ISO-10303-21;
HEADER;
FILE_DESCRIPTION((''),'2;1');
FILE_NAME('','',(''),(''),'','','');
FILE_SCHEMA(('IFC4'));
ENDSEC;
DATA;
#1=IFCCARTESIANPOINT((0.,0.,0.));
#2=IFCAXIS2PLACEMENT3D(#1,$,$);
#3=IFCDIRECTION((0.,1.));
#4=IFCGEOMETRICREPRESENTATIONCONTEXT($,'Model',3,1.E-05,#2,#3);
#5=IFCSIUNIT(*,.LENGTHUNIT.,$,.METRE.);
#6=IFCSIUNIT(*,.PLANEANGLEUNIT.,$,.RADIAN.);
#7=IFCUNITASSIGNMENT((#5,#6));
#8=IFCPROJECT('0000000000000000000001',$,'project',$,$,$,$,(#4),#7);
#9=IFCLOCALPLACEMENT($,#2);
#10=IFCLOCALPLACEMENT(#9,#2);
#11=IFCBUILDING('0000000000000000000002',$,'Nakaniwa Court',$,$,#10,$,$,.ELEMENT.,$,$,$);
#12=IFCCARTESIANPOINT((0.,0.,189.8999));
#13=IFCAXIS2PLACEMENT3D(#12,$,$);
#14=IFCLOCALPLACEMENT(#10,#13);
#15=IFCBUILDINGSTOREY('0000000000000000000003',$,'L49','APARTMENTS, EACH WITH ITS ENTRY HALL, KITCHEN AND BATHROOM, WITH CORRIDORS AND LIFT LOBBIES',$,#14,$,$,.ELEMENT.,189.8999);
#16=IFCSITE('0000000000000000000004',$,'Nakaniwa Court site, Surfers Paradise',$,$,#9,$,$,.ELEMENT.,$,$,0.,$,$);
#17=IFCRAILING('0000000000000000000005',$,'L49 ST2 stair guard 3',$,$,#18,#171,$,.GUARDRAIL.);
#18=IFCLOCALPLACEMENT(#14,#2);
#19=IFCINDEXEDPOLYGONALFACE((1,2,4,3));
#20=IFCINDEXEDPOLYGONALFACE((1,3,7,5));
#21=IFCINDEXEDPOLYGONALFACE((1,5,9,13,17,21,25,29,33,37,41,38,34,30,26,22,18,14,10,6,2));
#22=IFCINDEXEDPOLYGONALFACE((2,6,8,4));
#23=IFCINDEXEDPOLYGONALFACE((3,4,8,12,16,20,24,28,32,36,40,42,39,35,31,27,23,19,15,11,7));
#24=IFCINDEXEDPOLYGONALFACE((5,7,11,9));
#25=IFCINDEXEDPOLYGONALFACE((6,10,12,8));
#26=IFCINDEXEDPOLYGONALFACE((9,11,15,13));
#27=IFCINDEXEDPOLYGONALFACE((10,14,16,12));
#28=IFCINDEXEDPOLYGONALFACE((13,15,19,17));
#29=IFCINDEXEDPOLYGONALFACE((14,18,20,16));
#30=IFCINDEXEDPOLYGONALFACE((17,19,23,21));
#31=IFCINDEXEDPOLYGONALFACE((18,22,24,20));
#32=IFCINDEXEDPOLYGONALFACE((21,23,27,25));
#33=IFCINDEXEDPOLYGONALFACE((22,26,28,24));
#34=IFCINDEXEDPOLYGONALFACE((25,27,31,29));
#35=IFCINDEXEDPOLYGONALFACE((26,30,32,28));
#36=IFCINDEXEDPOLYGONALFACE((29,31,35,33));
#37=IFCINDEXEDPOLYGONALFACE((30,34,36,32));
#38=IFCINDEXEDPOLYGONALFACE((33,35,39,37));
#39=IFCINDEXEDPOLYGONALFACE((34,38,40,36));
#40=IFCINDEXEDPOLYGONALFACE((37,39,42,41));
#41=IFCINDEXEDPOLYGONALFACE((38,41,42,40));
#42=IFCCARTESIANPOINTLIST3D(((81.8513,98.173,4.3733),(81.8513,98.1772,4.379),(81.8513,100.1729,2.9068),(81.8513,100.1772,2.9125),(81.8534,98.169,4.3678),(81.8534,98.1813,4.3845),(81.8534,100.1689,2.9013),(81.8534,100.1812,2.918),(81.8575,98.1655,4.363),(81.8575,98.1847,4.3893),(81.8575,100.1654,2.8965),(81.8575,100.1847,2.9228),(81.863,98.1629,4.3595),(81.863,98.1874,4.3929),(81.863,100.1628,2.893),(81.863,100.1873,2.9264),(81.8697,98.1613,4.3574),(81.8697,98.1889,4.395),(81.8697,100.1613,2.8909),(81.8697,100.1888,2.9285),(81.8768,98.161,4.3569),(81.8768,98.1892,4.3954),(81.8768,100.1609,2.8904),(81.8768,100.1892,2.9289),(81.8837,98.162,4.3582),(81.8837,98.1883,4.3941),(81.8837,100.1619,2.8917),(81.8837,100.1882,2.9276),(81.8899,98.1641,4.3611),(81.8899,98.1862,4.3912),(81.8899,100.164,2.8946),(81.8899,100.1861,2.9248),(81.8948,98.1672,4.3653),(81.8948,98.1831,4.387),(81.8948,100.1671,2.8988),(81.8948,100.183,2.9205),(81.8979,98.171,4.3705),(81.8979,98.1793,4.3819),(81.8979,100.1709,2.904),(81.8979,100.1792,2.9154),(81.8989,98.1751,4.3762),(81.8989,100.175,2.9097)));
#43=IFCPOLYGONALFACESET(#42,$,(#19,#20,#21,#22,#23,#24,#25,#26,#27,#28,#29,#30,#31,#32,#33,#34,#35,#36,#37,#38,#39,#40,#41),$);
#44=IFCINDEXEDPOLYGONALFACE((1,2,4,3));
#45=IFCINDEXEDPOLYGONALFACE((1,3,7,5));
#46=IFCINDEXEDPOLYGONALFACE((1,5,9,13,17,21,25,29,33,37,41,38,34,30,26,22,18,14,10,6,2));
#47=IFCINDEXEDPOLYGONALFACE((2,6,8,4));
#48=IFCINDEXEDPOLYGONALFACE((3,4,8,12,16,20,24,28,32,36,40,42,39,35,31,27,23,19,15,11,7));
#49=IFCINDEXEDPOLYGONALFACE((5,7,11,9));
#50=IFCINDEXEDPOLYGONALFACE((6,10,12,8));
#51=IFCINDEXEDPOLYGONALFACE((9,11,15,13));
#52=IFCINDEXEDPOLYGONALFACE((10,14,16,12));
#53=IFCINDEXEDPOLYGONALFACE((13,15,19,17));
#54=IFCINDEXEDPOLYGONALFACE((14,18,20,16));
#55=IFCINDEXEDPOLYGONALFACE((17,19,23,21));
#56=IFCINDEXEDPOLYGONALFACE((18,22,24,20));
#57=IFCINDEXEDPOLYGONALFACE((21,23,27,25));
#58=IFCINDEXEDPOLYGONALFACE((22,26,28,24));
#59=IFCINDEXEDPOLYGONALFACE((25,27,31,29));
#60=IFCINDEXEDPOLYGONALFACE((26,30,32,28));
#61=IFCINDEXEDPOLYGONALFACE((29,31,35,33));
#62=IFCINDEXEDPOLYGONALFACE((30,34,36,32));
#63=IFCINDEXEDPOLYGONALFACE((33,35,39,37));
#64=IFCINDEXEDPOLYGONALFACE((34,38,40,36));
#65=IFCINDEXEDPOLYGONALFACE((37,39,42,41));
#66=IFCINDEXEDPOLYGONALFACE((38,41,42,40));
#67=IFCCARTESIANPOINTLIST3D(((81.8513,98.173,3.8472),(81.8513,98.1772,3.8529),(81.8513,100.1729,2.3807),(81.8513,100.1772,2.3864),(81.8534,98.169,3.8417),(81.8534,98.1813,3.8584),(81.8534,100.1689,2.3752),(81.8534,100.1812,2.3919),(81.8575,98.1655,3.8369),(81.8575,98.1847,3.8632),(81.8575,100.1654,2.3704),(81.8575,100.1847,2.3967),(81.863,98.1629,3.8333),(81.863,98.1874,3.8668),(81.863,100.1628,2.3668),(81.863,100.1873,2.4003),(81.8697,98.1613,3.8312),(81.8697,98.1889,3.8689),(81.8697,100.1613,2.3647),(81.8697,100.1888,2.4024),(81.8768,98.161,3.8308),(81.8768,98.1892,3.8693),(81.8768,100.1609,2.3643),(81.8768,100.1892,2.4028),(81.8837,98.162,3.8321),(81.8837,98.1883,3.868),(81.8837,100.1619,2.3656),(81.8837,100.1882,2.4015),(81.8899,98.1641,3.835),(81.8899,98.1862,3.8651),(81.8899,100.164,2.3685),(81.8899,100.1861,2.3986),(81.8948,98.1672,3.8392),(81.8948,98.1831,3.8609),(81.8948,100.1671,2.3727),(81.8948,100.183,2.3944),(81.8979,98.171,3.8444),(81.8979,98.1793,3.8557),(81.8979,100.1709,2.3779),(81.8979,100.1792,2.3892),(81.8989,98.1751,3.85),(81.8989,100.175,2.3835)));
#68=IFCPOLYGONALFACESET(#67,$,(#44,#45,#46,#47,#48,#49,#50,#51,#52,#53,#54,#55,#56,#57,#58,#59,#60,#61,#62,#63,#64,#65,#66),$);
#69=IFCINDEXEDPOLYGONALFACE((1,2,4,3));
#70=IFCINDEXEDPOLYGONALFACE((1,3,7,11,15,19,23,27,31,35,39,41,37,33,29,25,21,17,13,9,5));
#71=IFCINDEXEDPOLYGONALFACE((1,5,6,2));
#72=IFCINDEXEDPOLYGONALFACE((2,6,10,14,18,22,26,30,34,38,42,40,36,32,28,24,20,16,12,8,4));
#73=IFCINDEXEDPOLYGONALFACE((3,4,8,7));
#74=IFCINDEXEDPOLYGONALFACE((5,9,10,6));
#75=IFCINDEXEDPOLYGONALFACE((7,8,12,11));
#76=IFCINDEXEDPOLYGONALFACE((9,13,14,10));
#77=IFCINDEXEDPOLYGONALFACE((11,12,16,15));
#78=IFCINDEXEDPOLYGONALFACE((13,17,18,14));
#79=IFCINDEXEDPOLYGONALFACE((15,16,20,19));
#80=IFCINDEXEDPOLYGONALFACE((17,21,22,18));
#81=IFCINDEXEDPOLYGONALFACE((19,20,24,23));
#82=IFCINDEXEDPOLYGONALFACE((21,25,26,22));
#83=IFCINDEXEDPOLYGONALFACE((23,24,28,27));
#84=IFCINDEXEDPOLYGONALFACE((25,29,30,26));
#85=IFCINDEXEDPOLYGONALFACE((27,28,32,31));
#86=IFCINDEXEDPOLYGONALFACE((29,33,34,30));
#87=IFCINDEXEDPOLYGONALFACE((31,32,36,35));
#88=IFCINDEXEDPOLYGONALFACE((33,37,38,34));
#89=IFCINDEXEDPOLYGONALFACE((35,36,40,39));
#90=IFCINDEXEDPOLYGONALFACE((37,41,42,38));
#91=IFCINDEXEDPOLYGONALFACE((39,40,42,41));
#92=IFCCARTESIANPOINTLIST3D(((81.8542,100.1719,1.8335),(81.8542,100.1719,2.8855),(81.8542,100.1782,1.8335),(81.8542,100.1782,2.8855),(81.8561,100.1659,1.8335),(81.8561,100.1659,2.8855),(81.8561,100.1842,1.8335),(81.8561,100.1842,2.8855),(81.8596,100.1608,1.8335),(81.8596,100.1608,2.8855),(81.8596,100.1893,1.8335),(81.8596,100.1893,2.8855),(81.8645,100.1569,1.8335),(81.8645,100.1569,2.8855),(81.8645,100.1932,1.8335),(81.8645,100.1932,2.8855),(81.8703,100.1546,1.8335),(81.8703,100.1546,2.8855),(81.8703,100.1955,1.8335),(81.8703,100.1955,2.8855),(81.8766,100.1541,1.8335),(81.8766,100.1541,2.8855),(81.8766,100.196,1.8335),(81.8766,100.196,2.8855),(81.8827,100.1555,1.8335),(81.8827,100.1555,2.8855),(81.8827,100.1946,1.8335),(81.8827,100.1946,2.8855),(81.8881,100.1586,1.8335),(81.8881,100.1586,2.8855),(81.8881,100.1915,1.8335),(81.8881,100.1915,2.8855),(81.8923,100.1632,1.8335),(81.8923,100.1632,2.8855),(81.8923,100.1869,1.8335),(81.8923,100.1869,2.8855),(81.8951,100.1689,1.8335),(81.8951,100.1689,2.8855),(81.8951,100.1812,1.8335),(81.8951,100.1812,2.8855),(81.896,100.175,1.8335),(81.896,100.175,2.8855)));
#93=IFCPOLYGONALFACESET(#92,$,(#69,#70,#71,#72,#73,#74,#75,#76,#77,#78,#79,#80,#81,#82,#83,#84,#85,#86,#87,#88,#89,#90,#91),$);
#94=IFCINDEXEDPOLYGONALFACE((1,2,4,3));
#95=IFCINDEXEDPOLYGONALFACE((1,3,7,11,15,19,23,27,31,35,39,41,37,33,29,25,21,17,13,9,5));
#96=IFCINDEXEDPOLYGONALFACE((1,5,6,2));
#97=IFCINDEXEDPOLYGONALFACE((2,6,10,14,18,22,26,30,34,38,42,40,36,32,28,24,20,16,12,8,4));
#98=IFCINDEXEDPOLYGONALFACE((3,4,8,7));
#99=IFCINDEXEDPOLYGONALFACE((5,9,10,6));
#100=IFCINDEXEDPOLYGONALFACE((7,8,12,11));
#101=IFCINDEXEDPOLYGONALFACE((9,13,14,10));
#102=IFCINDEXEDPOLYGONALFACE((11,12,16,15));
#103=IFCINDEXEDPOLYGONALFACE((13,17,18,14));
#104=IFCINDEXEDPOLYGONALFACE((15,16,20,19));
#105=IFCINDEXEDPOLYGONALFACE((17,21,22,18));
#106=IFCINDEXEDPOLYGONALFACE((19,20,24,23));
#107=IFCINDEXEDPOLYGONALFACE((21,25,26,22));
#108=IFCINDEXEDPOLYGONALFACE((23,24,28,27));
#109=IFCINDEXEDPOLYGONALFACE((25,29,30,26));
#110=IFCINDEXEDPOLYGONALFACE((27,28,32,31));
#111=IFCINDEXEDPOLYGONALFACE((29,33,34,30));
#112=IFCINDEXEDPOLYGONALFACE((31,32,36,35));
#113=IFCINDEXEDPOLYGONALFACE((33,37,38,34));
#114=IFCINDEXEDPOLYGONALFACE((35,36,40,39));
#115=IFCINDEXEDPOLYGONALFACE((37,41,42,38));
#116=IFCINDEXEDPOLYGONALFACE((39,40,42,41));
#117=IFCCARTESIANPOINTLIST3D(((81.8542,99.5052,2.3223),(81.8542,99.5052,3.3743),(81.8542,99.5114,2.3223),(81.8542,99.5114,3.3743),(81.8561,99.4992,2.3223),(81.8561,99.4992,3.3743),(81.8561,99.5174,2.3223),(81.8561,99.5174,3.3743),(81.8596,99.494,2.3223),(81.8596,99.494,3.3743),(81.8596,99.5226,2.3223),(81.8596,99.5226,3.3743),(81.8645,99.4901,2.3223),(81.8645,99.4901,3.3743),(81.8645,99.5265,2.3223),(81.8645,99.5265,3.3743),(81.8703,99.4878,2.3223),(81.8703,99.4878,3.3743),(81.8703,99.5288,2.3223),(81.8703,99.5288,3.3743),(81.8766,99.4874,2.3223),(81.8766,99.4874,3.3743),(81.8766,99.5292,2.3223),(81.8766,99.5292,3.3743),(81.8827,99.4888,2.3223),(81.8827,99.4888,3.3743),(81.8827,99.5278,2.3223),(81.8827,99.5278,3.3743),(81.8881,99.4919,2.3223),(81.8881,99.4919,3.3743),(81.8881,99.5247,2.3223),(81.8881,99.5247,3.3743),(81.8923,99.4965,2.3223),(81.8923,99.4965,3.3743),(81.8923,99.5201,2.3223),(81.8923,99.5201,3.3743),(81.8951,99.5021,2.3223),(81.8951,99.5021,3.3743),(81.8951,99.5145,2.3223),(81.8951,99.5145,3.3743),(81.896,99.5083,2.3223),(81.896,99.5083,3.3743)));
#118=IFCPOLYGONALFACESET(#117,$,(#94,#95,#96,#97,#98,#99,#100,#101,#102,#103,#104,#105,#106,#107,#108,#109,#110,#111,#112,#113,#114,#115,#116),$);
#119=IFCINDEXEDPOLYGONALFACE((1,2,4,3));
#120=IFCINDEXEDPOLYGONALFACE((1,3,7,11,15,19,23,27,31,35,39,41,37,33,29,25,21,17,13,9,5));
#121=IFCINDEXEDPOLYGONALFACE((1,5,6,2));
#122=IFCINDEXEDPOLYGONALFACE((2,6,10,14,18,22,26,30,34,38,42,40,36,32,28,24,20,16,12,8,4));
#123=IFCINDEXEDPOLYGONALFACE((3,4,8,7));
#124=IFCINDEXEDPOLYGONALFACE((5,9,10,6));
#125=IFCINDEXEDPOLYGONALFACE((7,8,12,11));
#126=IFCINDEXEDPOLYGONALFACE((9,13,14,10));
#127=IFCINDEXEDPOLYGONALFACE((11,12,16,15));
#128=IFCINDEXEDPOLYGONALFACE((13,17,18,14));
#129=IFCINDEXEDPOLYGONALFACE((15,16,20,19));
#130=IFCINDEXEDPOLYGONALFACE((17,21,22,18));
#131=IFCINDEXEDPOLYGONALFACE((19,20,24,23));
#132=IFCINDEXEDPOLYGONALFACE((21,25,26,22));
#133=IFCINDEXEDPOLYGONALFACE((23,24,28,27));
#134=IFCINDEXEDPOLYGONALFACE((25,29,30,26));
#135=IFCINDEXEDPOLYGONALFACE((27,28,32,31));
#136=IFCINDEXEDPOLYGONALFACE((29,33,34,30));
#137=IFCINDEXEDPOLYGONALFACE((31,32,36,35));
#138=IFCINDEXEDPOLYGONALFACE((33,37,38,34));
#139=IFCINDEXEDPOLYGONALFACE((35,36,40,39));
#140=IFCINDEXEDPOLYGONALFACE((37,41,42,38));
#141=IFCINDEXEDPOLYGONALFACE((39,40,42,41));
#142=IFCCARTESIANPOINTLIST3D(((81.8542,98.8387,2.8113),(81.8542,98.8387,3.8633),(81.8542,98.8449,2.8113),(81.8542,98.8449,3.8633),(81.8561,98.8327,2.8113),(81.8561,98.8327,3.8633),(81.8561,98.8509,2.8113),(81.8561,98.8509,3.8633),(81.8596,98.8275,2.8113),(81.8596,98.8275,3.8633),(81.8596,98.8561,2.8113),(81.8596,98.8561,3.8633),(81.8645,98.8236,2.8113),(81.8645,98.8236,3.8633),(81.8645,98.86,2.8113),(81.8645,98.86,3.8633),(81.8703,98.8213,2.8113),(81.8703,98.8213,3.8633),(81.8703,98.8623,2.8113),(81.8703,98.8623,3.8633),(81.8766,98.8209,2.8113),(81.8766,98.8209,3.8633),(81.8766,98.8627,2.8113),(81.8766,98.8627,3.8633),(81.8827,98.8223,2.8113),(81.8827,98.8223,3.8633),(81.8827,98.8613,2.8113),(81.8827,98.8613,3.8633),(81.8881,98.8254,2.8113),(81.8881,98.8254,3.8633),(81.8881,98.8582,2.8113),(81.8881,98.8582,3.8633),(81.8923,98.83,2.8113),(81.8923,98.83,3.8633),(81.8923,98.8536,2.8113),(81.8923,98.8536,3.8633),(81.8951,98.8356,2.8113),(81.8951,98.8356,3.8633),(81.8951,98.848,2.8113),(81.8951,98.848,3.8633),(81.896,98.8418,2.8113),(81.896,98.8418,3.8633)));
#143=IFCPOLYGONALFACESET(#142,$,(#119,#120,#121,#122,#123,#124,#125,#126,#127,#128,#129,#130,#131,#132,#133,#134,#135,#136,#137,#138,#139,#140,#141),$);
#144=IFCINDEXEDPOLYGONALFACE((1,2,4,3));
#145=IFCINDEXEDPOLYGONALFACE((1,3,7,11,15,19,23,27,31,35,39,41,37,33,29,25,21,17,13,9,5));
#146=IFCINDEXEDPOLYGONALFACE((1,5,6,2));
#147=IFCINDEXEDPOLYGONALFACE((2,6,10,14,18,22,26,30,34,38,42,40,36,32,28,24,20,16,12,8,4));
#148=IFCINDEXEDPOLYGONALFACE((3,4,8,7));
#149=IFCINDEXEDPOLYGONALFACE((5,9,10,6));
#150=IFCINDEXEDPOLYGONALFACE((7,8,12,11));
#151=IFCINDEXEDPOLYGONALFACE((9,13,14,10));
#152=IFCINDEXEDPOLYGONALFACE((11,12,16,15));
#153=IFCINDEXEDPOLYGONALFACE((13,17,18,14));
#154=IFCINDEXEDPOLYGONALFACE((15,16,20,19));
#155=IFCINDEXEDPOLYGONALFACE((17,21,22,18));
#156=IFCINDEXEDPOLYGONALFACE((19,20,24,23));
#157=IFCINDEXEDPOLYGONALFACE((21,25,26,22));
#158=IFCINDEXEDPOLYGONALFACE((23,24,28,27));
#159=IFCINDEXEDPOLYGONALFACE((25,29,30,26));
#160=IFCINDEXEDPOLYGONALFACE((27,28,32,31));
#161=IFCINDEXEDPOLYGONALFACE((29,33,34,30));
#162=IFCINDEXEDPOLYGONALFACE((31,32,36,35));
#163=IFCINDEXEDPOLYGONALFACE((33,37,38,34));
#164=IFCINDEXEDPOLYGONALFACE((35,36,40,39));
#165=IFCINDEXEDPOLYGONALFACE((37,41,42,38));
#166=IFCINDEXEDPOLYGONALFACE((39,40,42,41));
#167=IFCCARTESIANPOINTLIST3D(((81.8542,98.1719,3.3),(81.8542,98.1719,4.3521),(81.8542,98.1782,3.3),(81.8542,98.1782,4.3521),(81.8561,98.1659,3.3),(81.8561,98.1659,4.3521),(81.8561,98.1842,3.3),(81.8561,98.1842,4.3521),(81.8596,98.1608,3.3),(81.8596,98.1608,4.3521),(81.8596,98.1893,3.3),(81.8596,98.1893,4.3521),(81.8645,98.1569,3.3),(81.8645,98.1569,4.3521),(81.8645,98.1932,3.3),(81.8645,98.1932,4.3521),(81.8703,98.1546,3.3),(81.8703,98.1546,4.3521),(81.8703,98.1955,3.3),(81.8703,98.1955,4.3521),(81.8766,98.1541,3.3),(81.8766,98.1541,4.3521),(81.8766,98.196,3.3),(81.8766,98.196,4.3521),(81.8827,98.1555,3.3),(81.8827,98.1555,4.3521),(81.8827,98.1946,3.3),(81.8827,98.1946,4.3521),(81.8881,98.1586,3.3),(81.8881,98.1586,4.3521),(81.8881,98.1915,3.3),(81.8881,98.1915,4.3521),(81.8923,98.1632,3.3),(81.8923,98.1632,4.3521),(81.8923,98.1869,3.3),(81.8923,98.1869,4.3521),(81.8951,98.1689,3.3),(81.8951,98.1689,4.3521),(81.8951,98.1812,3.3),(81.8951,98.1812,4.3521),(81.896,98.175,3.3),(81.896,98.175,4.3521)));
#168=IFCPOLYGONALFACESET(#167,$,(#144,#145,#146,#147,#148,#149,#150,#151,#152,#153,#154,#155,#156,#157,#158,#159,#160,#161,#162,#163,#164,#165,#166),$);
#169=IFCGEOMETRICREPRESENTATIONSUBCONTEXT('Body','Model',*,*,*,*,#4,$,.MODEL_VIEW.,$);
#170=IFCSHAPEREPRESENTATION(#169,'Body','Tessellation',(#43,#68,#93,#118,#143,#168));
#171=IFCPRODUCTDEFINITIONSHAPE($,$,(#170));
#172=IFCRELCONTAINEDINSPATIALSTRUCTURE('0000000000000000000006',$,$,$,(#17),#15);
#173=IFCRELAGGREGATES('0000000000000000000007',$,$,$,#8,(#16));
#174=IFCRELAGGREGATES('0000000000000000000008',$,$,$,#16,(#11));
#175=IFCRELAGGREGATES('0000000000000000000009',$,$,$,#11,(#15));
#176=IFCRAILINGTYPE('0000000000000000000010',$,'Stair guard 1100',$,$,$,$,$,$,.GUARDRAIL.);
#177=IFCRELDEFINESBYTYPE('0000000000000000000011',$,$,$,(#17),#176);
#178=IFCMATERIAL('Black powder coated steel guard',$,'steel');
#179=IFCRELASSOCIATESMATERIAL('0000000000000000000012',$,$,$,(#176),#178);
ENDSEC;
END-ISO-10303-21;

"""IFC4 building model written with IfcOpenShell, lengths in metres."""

from ifc_helpers import new_model, si_unit, direction, frame, origin, origin_2d, place, context, subcontext, project, spatial, circle, extrude, material, type_object, element, save


model = new_model("IFC4")

# Units and contexts
model_context = context("Model", 3, precision=1e-05, world=origin(), true_north=direction((0.0, 1.0)))
body_context = subcontext(model_context, "Body", "Model", "MODEL_VIEW")
ifc_project = project(units=[si_unit("LENGTHUNIT", "METRE"), si_unit("PLANEANGLEUNIT", "RADIAN")], contexts=[model_context])

# Site, building, storey
site_placement = place(None, origin())
site = spatial("IfcSite", under=ifc_project, at=site_placement, Name="Nakaniwa Court site, Surfers Paradise", CompositionType="ELEMENT", RefElevation=0.0)
building_placement = place(site_placement, origin())
building = spatial("IfcBuilding", under=site, at=building_placement, Name="Nakaniwa Court", CompositionType="ELEMENT")
storey_placement = place(building_placement, frame((0.0, 0.0, 189.8999)))
storey = spatial("IfcBuildingStorey", under=building, at=storey_placement, Name="L49", Description="APARTMENTS, EACH WITH ITS ENTRY HALL, KITCHEN AND BATHROOM, WITH CORRIDORS AND LIFT LOBBIES", CompositionType="ELEMENT", Elevation=189.8999)

# Railing
ifc_material_1 = material(Name="Black powder coated steel guard", Category="steel")
railing_type_1 = type_object("IfcRailingType", Name="Stair guard 1100", PredefinedType="GUARDRAIL", material=ifc_material_1)
railing_1_placement = place(storey_placement, frame((81.875, 100.175, 1.8335)))
element("IfcRailing", 1, at=railing_1_placement, inside=storey, type_object=railing_type_1, Name="L49 ST2 stair guard 3", PredefinedType="GUARDRAIL", context=body_context, shape_type="SweptSolid", body=[
    extrude(circle(Radius=0.0239, at=origin_2d()), frame((0.0, 0.0, 1.0762), z_axis=(0.0, -0.806427, 0.591334), x_axis=(1.0, 0.0, 0.0)), (0.0, 0.0, 1.0), 2.48),
    extrude(circle(Radius=0.0239, at=origin_2d()), frame((0.0, 0.0, 0.55), z_axis=(0.0, -0.806427, 0.591334), x_axis=(1.0, 0.0, 0.0)), (0.0, 0.0, 1.0), 2.48),
    extrude(circle(Radius=0.021, at=origin_2d()), origin(), (0.0, 0.0, 1.0), 1.052),
    extrude(circle(Radius=0.021, at=origin_2d()), frame((0.0, -0.6667, 0.4888)), (0.0, 0.0, 1.0), 1.052),
    extrude(circle(Radius=0.021, at=origin_2d()), frame((0.0, -1.3333, 0.9778)), (0.0, 0.0, 1.0), 1.052),
    extrude(circle(Radius=0.021, at=origin_2d()), frame((0.0, -2.0, 1.4666)), (0.0, 0.0, 1.0), 1.052),
])

save(model, "model.ifc")
